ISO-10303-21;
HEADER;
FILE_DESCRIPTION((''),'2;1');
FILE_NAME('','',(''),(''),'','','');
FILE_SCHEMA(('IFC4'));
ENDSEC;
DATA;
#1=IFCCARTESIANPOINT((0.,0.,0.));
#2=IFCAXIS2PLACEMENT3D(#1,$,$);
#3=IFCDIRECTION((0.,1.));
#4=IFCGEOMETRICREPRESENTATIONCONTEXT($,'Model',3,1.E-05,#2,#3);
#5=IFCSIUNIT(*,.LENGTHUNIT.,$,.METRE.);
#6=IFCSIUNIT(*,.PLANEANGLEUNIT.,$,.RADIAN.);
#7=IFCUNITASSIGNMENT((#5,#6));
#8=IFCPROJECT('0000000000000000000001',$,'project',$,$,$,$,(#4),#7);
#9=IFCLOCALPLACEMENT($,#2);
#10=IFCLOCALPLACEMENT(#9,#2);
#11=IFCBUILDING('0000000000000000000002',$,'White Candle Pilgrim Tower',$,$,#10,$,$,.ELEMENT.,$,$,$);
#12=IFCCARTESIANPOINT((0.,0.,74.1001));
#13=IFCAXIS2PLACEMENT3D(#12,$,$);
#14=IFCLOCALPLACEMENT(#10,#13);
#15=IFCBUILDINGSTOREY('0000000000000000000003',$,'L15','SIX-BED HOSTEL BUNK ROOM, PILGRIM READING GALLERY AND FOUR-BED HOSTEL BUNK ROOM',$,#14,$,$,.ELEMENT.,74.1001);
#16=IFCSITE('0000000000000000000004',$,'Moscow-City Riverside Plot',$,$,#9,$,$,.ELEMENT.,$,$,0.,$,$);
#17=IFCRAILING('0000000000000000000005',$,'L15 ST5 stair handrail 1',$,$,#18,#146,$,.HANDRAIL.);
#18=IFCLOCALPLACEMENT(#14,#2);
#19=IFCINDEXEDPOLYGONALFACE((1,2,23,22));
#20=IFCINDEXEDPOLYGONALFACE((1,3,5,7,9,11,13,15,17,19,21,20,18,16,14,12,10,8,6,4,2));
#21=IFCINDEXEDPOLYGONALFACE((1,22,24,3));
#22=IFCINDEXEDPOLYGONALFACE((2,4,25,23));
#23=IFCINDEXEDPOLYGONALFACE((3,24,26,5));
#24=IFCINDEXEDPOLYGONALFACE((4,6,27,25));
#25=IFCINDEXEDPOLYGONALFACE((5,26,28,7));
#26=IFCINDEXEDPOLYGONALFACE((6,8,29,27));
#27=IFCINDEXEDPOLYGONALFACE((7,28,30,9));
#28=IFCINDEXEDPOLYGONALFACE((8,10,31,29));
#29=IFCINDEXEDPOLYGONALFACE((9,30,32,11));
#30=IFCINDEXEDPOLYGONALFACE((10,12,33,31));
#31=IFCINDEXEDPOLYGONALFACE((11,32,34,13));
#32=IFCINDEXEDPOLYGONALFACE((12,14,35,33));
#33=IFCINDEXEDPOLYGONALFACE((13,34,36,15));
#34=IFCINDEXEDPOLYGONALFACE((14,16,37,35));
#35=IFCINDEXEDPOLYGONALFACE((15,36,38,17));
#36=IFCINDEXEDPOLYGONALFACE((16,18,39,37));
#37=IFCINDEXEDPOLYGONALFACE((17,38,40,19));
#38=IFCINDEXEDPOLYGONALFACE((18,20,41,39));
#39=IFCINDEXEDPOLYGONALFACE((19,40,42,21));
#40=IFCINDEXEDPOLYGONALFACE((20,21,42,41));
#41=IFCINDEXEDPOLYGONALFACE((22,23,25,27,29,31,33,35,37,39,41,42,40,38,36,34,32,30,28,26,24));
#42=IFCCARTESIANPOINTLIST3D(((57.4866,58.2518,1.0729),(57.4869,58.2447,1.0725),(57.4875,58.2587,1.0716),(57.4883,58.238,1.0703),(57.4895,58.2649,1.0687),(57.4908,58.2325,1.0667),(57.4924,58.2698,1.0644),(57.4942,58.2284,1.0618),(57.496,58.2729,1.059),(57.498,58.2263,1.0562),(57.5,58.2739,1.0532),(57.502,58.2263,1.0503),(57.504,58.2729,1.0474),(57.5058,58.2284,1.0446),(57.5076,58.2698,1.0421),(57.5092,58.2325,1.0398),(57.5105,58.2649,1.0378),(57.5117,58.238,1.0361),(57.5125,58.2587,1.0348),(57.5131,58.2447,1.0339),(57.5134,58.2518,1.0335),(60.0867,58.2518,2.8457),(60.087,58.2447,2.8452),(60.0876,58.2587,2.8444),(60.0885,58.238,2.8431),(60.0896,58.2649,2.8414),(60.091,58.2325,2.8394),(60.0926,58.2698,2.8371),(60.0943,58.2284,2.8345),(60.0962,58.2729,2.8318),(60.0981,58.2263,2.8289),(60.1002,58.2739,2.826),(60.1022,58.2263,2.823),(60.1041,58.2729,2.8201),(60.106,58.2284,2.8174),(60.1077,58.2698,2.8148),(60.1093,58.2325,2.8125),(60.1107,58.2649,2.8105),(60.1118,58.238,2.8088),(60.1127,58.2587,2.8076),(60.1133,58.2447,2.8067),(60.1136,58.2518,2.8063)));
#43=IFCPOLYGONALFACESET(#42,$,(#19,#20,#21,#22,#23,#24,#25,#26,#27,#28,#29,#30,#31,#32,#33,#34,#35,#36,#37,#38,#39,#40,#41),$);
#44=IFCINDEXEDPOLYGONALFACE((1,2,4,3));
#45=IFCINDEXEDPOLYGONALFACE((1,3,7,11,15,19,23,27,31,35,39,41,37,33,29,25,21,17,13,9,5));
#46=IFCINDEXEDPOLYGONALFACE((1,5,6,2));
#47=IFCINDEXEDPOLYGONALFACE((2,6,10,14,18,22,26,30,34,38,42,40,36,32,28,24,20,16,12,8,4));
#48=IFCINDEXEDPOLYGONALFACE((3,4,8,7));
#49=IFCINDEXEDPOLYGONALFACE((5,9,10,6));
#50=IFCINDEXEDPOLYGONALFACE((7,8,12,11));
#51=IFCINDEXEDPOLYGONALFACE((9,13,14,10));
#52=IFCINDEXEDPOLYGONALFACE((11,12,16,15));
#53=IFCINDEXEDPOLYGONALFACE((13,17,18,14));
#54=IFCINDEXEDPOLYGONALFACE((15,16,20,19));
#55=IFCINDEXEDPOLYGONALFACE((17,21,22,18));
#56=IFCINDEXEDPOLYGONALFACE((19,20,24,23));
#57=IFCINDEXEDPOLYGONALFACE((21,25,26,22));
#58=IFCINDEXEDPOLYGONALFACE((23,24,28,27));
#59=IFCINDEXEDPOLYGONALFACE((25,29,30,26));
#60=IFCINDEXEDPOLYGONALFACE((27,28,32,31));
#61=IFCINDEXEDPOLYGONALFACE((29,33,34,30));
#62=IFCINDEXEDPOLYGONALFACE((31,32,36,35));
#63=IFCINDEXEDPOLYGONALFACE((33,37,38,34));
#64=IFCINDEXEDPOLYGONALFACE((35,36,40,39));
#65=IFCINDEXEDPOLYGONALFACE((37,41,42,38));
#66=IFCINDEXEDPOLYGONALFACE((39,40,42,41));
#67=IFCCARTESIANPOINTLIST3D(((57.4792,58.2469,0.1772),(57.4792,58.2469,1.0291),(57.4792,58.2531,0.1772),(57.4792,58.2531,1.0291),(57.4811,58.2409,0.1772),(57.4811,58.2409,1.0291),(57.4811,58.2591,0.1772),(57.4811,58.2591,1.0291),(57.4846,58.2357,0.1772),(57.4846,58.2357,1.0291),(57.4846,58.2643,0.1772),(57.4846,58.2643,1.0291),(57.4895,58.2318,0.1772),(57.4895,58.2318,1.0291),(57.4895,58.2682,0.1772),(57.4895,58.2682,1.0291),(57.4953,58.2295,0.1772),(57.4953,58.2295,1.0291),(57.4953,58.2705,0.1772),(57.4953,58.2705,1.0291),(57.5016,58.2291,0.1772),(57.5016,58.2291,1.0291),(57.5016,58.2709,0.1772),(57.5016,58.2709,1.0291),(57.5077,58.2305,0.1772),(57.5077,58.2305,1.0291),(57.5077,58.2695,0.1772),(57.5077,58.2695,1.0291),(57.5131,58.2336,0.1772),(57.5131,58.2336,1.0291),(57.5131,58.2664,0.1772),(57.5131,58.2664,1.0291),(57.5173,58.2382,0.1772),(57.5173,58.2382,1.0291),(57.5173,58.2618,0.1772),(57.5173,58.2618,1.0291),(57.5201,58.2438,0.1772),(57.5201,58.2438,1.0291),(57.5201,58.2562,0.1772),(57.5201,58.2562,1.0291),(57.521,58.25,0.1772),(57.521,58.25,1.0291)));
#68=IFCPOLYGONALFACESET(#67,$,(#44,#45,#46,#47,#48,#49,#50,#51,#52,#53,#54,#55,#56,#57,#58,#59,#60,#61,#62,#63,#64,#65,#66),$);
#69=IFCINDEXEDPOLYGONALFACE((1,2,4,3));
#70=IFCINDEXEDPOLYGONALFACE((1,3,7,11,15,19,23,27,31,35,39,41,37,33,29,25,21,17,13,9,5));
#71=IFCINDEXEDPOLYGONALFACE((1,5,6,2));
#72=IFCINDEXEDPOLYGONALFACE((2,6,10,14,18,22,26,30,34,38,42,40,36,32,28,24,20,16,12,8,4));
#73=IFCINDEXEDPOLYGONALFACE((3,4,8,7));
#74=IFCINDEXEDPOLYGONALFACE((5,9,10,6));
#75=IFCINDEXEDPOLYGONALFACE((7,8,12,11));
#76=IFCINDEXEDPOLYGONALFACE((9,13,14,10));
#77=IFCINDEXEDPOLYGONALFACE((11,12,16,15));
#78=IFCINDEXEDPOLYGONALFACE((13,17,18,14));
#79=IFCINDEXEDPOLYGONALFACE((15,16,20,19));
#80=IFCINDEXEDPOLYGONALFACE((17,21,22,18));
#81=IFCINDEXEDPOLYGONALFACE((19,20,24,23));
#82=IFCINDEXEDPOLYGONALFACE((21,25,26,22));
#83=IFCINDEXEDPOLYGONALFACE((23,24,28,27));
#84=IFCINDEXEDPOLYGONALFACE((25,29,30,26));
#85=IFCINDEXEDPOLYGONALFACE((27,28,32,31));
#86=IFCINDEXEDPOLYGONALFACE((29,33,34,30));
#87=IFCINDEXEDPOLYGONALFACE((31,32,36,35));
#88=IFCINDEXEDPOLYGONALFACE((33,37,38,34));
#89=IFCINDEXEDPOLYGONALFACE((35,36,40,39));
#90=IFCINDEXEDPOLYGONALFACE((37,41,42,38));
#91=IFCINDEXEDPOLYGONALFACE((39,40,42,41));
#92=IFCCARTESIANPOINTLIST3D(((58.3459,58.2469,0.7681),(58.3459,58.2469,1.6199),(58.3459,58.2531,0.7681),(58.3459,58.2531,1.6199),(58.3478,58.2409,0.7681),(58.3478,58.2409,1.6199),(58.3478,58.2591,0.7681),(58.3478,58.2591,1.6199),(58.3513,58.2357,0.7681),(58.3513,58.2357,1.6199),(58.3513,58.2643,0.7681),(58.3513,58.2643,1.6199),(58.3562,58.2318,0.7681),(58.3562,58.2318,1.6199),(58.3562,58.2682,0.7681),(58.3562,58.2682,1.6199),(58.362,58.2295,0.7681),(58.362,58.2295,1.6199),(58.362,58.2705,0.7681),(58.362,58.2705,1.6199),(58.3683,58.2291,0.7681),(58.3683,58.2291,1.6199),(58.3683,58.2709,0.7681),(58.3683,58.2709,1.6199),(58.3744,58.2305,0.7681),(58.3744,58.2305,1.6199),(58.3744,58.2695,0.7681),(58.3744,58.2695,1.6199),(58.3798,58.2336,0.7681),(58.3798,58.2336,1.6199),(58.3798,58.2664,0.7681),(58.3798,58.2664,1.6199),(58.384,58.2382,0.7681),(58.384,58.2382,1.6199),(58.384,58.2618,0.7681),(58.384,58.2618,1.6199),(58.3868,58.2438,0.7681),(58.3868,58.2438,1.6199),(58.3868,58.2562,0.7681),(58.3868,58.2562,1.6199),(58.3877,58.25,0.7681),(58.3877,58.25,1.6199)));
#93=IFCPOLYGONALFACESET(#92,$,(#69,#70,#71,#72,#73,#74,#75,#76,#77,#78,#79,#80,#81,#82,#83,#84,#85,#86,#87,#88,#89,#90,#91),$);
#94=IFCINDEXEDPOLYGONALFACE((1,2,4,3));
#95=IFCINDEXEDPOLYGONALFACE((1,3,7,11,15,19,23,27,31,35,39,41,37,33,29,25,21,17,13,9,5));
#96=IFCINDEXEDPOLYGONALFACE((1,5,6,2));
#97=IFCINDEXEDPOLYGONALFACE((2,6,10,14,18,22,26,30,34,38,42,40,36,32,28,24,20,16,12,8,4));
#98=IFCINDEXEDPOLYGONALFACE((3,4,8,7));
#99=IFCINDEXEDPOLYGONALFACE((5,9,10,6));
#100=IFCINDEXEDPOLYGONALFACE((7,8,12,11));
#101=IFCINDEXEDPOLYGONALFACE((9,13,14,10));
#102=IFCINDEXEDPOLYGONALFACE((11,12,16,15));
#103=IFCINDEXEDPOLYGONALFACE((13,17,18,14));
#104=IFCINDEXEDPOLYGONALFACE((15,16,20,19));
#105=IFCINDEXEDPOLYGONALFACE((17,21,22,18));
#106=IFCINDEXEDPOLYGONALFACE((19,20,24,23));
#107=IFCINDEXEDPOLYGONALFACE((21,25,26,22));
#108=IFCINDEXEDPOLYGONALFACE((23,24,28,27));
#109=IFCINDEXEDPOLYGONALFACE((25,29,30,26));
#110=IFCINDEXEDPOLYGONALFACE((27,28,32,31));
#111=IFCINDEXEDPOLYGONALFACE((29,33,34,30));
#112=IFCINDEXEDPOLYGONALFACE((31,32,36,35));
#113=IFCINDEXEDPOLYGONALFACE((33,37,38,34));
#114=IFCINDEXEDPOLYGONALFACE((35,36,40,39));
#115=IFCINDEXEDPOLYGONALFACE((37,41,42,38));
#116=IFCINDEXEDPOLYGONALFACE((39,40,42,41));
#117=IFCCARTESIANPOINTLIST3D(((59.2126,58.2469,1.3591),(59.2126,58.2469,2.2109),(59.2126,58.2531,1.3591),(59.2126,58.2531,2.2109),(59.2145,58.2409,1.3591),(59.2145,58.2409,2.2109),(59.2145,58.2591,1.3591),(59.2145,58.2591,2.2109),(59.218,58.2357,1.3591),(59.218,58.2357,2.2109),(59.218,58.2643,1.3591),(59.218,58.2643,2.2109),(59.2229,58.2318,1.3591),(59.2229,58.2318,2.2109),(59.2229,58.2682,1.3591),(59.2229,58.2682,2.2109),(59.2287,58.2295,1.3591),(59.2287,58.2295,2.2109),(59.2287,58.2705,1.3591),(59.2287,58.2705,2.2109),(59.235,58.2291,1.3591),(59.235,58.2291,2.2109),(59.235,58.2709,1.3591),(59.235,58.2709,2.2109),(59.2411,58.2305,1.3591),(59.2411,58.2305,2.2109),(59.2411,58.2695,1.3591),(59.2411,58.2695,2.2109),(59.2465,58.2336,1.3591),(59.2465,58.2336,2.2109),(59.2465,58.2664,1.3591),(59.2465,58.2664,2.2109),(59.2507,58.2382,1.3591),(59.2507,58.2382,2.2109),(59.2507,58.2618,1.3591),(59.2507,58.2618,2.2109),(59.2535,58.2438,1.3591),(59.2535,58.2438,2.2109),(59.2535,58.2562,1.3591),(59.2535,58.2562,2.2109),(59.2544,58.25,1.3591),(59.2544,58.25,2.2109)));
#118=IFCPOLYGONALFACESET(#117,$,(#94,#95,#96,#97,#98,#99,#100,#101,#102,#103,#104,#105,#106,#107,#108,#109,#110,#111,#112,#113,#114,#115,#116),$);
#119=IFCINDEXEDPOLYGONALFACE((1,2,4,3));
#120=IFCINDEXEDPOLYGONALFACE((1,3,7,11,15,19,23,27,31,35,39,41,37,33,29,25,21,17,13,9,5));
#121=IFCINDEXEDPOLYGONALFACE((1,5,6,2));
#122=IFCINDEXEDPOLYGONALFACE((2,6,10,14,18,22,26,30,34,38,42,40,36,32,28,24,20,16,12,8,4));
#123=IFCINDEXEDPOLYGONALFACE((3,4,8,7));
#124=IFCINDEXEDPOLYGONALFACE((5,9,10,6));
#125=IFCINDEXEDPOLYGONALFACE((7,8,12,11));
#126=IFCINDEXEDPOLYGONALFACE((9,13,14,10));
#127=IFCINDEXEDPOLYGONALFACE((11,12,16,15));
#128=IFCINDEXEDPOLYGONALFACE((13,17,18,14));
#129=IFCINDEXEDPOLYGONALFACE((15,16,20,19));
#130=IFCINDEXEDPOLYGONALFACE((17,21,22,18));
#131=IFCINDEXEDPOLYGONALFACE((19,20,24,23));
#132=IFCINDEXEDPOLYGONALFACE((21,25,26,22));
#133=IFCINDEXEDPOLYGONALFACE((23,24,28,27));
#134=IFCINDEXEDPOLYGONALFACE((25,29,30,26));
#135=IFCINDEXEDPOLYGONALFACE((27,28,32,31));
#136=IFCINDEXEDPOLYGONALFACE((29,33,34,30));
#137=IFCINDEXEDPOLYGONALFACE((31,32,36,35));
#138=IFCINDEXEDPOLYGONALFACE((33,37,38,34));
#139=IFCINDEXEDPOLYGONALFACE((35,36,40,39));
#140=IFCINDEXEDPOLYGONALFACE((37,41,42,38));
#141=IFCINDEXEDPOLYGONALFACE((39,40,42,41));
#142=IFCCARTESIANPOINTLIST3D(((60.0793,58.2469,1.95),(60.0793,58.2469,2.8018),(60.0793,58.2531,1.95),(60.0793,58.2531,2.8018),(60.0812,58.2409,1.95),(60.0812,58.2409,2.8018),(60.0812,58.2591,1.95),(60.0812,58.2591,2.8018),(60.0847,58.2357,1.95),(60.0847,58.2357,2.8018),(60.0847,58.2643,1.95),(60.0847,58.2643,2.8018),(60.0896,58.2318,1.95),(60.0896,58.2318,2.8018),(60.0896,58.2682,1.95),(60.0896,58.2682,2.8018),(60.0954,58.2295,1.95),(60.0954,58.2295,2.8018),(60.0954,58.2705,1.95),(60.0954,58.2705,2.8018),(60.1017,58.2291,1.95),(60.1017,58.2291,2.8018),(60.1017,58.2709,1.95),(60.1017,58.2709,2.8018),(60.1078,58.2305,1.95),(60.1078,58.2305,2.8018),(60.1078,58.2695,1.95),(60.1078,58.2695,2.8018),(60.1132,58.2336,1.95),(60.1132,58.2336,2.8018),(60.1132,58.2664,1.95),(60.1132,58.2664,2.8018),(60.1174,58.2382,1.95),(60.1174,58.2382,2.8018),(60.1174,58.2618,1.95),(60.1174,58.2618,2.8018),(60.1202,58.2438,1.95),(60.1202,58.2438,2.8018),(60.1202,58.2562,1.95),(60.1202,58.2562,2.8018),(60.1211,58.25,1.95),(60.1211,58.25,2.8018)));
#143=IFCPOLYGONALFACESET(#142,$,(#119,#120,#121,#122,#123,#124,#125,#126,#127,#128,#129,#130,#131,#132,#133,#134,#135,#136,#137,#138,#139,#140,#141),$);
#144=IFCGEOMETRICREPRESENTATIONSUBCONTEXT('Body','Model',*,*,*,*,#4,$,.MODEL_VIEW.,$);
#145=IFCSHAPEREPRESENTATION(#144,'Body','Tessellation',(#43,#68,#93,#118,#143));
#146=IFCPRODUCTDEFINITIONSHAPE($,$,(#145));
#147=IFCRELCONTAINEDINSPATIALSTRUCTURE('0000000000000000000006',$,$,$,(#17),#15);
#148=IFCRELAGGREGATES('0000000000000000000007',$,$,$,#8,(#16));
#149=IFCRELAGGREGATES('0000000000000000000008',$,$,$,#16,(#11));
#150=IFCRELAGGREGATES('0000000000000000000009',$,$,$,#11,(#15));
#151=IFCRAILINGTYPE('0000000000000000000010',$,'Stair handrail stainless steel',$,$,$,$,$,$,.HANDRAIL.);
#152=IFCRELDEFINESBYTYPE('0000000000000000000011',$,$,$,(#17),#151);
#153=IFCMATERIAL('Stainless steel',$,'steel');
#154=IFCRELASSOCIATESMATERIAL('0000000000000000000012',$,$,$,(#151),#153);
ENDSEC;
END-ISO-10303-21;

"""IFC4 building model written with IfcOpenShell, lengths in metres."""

from ifc_helpers import new_model, si_unit, direction, frame, origin, origin_2d, place, context, subcontext, project, spatial, circle, extrude, material, type_object, element, save


model = new_model("IFC4")

# Units and contexts
model_context = context("Model", 3, precision=1e-05, world=origin(), true_north=direction((0.0, 1.0)))
body_context = subcontext(model_context, "Body", "Model", "MODEL_VIEW")
ifc_project = project(units=[si_unit("LENGTHUNIT", "METRE"), si_unit("PLANEANGLEUNIT", "RADIAN")], contexts=[model_context])

# Site, building, storey
site_placement = place(None, origin())
site = spatial("IfcSite", under=ifc_project, at=site_placement, Name="Moscow-City Riverside Plot", CompositionType="ELEMENT", RefElevation=0.0)
building_placement = place(site_placement, origin())
building = spatial("IfcBuilding", under=site, at=building_placement, Name="White Candle Pilgrim Tower", CompositionType="ELEMENT")
storey_placement = place(building_placement, frame((0.0, 0.0, 74.1001)))
storey = spatial("IfcBuildingStorey", under=building, at=storey_placement, Name="L15", Description="SIX-BED HOSTEL BUNK ROOM, PILGRIM READING GALLERY AND FOUR-BED HOSTEL BUNK ROOM", CompositionType="ELEMENT", Elevation=74.1001)

# Railing
ifc_material_1 = material(Name="Stainless steel", Category="steel")
railing_type_1 = type_object("IfcRailingType", Name="Stair handrail stainless steel", PredefinedType="HANDRAIL", material=ifc_material_1)
railing_1_placement = place(storey_placement, frame((57.5, 58.25, 0.1772)))
element("IfcRailing", 1, at=railing_1_placement, inside=storey, type_object=railing_type_1, Name="L15 ST5 stair handrail 1", PredefinedType="HANDRAIL", context=body_context, shape_type="SweptSolid", body=[
    extrude(circle(Radius=0.0239, at=origin_2d()), frame((0.0, 0.0, 0.876), z_axis=(0.82624, 0.0, 0.563318), x_axis=(0.0, 1.0, 0.0)), (0.0, 0.0, 1.0), 3.147),
    extrude(circle(Radius=0.021, at=origin_2d()), origin(), (0.0, 0.0, 1.0), 0.8518),
    extrude(circle(Radius=0.021, at=origin_2d()), frame((0.8667, 0.0, 0.5908)), (0.0, 0.0, 1.0), 0.8518),
    extrude(circle(Radius=0.021, at=origin_2d()), frame((1.7334, 0.0, 1.1819)), (0.0, 0.0, 1.0), 0.8518),
    extrude(circle(Radius=0.021, at=origin_2d()), frame((2.6001, 0.0, 1.7727)), (0.0, 0.0, 1.0), 0.8518),
])

save(model, "model.ifc")
